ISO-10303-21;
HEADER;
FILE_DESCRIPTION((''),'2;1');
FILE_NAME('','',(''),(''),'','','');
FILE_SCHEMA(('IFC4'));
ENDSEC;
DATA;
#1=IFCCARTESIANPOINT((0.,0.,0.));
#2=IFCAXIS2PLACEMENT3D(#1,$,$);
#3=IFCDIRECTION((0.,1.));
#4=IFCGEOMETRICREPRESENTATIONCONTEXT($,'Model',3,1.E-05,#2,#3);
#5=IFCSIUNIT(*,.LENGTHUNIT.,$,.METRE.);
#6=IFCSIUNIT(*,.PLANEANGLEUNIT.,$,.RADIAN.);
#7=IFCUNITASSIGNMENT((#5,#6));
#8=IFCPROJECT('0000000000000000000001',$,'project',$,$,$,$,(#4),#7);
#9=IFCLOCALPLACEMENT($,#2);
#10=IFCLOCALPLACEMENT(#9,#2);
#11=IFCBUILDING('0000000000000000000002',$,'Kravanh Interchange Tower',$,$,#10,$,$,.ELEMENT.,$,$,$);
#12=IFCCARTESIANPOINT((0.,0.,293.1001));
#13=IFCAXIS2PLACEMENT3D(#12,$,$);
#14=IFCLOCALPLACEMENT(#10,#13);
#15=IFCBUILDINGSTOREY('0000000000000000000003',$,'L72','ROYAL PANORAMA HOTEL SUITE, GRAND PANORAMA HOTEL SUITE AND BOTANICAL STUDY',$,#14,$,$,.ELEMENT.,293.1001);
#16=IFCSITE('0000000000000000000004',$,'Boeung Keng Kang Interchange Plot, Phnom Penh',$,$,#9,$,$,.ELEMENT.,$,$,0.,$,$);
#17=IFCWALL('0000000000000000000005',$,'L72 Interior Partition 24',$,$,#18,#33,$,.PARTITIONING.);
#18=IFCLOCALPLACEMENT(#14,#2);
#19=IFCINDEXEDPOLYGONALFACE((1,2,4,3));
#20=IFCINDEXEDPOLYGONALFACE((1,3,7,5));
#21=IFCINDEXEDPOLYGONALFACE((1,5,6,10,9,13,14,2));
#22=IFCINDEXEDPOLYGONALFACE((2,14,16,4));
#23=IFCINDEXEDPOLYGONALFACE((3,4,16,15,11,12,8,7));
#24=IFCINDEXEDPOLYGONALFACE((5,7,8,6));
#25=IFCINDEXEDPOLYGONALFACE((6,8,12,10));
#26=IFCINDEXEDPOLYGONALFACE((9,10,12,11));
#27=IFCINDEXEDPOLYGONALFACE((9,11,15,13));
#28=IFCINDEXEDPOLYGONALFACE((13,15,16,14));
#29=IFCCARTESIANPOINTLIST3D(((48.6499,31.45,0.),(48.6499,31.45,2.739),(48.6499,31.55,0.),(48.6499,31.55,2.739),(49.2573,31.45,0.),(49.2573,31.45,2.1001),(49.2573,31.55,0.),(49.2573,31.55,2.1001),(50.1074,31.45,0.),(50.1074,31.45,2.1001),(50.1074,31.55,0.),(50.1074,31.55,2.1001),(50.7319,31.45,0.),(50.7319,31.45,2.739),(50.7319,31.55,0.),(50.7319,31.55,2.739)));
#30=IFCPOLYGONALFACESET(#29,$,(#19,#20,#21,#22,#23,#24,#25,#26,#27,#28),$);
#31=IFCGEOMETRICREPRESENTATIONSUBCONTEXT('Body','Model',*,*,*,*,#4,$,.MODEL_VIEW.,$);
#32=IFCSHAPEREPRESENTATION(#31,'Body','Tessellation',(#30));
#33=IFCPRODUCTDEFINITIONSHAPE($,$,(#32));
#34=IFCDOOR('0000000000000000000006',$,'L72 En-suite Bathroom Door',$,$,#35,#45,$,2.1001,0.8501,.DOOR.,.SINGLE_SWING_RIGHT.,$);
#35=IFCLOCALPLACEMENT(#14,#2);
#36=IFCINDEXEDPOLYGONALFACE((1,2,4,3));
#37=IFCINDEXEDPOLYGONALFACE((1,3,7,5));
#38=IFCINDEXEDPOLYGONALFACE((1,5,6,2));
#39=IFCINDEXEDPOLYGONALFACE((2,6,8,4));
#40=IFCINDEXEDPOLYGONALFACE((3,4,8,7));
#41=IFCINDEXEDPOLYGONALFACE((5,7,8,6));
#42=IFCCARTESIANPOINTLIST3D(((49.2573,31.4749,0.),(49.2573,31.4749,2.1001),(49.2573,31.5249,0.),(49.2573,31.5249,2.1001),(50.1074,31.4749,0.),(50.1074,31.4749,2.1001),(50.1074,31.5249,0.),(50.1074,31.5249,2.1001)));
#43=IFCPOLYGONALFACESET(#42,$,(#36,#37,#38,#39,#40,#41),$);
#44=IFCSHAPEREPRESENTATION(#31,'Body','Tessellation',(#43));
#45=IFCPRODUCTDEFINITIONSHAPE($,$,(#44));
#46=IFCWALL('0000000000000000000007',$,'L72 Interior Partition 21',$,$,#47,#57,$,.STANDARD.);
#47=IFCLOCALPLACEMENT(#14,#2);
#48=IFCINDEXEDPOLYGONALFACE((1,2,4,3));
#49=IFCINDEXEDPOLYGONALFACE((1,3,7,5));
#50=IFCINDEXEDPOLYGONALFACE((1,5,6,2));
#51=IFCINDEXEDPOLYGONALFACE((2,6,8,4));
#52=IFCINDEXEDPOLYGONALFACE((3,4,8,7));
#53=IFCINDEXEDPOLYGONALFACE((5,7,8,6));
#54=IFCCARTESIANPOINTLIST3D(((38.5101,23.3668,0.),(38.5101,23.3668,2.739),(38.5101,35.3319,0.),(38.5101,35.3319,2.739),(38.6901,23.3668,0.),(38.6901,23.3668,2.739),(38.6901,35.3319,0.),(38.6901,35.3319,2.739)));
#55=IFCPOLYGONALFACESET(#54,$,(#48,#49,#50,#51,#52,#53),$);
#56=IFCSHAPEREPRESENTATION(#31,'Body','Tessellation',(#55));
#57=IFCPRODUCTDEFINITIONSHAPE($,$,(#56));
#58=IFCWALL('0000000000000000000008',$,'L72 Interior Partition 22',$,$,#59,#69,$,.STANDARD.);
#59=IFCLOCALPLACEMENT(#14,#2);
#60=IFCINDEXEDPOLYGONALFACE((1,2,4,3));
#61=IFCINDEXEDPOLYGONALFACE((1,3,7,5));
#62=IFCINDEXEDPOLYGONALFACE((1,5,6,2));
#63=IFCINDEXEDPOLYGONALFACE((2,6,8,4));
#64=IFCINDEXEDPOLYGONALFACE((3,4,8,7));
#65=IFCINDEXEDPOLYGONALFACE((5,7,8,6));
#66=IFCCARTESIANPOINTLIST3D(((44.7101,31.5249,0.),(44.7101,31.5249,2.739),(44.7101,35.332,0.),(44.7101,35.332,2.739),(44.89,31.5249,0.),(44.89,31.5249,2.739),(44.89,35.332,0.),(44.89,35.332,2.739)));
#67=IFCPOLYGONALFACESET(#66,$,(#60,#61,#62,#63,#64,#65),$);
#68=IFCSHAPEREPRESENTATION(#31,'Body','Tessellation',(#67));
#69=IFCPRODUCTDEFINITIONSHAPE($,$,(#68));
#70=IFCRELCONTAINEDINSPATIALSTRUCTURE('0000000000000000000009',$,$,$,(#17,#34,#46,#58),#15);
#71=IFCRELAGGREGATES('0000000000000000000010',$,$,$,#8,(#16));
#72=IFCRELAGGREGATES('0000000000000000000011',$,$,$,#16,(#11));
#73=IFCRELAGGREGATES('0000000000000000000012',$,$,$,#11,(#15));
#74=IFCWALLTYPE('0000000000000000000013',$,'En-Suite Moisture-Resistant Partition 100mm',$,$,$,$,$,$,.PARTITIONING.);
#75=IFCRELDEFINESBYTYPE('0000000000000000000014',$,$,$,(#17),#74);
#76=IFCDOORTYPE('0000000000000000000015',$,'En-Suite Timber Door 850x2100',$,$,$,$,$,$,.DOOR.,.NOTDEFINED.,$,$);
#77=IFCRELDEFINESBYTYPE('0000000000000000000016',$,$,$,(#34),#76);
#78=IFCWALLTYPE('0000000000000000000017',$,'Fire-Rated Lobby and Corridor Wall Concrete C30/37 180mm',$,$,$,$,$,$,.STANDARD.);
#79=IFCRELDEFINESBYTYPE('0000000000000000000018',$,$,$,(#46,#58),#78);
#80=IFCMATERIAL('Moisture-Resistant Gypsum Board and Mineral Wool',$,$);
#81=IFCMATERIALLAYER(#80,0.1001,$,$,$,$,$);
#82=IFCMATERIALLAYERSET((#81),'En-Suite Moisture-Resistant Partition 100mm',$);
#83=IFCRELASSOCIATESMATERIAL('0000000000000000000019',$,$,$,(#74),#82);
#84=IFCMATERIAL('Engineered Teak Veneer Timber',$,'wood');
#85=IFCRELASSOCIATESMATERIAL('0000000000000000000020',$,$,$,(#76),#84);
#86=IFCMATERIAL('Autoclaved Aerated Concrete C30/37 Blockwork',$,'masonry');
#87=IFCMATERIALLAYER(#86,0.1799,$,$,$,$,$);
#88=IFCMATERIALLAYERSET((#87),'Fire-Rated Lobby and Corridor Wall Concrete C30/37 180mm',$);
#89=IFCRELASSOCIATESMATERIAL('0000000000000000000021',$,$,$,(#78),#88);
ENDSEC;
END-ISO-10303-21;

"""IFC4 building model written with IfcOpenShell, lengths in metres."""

from ifc_helpers import new_model, si_unit, direction, frame, frame_2d, origin, place, context, subcontext, project, spatial, rectangle, extrude, material, layer, layer_set, type_object, element, fill, save


model = new_model("IFC4")

# Units and contexts
model_context = context("Model", 3, precision=1e-05, world=origin(), true_north=direction((0.0, 1.0)))
body_context = subcontext(model_context, "Body", "Model", "MODEL_VIEW")
ifc_project = project(units=[si_unit("LENGTHUNIT", "METRE"), si_unit("PLANEANGLEUNIT", "RADIAN")], contexts=[model_context])

# Site, building, storey
site_placement = place(None, origin())
site = spatial("IfcSite", under=ifc_project, at=site_placement, Name="Boeung Keng Kang Interchange Plot, Phnom Penh", CompositionType="ELEMENT", RefElevation=0.0)
building_placement = place(site_placement, origin())
building = spatial("IfcBuilding", under=site, at=building_placement, Name="Kravanh Interchange Tower", CompositionType="ELEMENT")
storey_placement = place(building_placement, frame((0.0, 0.0, 293.1001)))
storey = spatial("IfcBuildingStorey", under=building, at=storey_placement, Name="L72", Description="ROYAL PANORAMA HOTEL SUITE, GRAND PANORAMA HOTEL SUITE AND BOTANICAL STUDY", CompositionType="ELEMENT", Elevation=293.1001)

# Shared definitions
ifc_material_1 = material(Name="Moisture-Resistant Gypsum Board and Mineral Wool")
ifc_layer_1 = layer(ifc_material_1, 0.1001)
ifc_layer_set_1 = layer_set([ifc_layer_1], Name="En-Suite Moisture-Resistant Partition 100mm")
wall_type_1 = type_object("IfcWallType", Name="En-Suite Moisture-Resistant Partition 100mm", PredefinedType="PARTITIONING", material=ifc_layer_set_1)

# Wall, opening, door
wall_1_placement = place(storey_placement, frame((48.6499, 31.5, 0.0), z_axis=(0.0, 0.0, 1.0), x_axis=(1.0, 0.0, 0.0)))
wall_1 = element("IfcWall", 1, at=wall_1_placement, inside=storey, type_object=wall_type_1, Name="L72 Interior Partition 24", PredefinedType="PARTITIONING", context=body_context, shape_type="SweptSolid", body=[
    extrude(rectangle(XDim=2.082, YDim=0.1001, at=frame_2d((1.041, 0.0))), origin(), (0.0, 0.0, 1.0), 2.739),
])
opening_placement = place(wall_1_placement, frame((0.6074, 0.0, 0.0)))
opening = element("IfcOpeningElement", 2, at=opening_placement, cuts=wall_1, PredefinedType="OPENING", context=body_context, shape_type="SweptSolid", body=[
    extrude(rectangle(XDim=0.8501, YDim=2.1001, at=frame_2d((0.425, 1.05))), frame((0.0, 0.0601, 0.0), z_axis=(0.0, -1.0, 0.0), x_axis=(1.0, 0.0, 0.0)), (0.0, 0.0, 1.0), 0.1201),
])
ifc_material_2 = material(Name="Engineered Teak Veneer Timber", Category="wood")
door_type = type_object("IfcDoorType", Name="En-Suite Timber Door 850x2100", OperationType="NOTDEFINED", PredefinedType="DOOR", material=ifc_material_2)
door_placement = place(opening_placement, origin())
door = element("IfcDoor", 3, at=door_placement, inside=storey, type_object=door_type, Name="L72 En-suite Bathroom Door", OperationType="SINGLE_SWING_RIGHT", OverallHeight=2.1001, OverallWidth=0.8501, PredefinedType="DOOR", context=body_context, shape_type="SweptSolid", body=[
    extrude(rectangle(XDim=0.8501, YDim=2.1001, at=frame_2d((0.425, 1.05))), frame((0.0, 0.0249, 0.0), z_axis=(0.0, -1.0, 0.0), x_axis=(1.0, 0.0, 0.0)), (0.0, 0.0, 1.0), 0.05),
])
fill(opening, door)

# Walls
ifc_material_3 = material(Name="Autoclaved Aerated Concrete C30/37 Blockwork", Category="masonry")
ifc_layer_2 = layer(ifc_material_3, 0.1799)
ifc_layer_set_2 = layer_set([ifc_layer_2], Name="Fire-Rated Lobby and Corridor Wall Concrete C30/37 180mm")
wall_type_2 = type_object("IfcWallType", Name="Fire-Rated Lobby and Corridor Wall Concrete C30/37 180mm", PredefinedType="STANDARD", material=ifc_layer_set_2)
wall_2_placement = place(storey_placement, frame((38.6001, 23.3669, 0.0), z_axis=(0.0, 0.0, 1.0), x_axis=(0.0, 1.0, 0.0)))
element("IfcWall", 4, at=wall_2_placement, inside=storey, type_object=wall_type_2, Name="L72 Interior Partition 21", PredefinedType="STANDARD", context=body_context, shape_type="SweptSolid", body=[
    extrude(rectangle(XDim=11.9651, YDim=0.1799, at=frame_2d((5.9824, 0.0))), origin(), (0.0, 0.0, 1.0), 2.739),
])
wall_3_placement = place(storey_placement, frame((44.8, 31.5249, 0.0), z_axis=(0.0, 0.0, 1.0), x_axis=(0.0, 1.0, 0.0)))
element("IfcWall", 5, at=wall_3_placement, inside=storey, type_object=wall_type_2, Name="L72 Interior Partition 22", PredefinedType="STANDARD", context=body_context, shape_type="SweptSolid", body=[
    extrude(rectangle(XDim=3.8071, YDim=0.1799, at=frame_2d((1.9036, 0.0))), origin(), (0.0, 0.0, 1.0), 2.739),
])

save(model, "model.ifc")
